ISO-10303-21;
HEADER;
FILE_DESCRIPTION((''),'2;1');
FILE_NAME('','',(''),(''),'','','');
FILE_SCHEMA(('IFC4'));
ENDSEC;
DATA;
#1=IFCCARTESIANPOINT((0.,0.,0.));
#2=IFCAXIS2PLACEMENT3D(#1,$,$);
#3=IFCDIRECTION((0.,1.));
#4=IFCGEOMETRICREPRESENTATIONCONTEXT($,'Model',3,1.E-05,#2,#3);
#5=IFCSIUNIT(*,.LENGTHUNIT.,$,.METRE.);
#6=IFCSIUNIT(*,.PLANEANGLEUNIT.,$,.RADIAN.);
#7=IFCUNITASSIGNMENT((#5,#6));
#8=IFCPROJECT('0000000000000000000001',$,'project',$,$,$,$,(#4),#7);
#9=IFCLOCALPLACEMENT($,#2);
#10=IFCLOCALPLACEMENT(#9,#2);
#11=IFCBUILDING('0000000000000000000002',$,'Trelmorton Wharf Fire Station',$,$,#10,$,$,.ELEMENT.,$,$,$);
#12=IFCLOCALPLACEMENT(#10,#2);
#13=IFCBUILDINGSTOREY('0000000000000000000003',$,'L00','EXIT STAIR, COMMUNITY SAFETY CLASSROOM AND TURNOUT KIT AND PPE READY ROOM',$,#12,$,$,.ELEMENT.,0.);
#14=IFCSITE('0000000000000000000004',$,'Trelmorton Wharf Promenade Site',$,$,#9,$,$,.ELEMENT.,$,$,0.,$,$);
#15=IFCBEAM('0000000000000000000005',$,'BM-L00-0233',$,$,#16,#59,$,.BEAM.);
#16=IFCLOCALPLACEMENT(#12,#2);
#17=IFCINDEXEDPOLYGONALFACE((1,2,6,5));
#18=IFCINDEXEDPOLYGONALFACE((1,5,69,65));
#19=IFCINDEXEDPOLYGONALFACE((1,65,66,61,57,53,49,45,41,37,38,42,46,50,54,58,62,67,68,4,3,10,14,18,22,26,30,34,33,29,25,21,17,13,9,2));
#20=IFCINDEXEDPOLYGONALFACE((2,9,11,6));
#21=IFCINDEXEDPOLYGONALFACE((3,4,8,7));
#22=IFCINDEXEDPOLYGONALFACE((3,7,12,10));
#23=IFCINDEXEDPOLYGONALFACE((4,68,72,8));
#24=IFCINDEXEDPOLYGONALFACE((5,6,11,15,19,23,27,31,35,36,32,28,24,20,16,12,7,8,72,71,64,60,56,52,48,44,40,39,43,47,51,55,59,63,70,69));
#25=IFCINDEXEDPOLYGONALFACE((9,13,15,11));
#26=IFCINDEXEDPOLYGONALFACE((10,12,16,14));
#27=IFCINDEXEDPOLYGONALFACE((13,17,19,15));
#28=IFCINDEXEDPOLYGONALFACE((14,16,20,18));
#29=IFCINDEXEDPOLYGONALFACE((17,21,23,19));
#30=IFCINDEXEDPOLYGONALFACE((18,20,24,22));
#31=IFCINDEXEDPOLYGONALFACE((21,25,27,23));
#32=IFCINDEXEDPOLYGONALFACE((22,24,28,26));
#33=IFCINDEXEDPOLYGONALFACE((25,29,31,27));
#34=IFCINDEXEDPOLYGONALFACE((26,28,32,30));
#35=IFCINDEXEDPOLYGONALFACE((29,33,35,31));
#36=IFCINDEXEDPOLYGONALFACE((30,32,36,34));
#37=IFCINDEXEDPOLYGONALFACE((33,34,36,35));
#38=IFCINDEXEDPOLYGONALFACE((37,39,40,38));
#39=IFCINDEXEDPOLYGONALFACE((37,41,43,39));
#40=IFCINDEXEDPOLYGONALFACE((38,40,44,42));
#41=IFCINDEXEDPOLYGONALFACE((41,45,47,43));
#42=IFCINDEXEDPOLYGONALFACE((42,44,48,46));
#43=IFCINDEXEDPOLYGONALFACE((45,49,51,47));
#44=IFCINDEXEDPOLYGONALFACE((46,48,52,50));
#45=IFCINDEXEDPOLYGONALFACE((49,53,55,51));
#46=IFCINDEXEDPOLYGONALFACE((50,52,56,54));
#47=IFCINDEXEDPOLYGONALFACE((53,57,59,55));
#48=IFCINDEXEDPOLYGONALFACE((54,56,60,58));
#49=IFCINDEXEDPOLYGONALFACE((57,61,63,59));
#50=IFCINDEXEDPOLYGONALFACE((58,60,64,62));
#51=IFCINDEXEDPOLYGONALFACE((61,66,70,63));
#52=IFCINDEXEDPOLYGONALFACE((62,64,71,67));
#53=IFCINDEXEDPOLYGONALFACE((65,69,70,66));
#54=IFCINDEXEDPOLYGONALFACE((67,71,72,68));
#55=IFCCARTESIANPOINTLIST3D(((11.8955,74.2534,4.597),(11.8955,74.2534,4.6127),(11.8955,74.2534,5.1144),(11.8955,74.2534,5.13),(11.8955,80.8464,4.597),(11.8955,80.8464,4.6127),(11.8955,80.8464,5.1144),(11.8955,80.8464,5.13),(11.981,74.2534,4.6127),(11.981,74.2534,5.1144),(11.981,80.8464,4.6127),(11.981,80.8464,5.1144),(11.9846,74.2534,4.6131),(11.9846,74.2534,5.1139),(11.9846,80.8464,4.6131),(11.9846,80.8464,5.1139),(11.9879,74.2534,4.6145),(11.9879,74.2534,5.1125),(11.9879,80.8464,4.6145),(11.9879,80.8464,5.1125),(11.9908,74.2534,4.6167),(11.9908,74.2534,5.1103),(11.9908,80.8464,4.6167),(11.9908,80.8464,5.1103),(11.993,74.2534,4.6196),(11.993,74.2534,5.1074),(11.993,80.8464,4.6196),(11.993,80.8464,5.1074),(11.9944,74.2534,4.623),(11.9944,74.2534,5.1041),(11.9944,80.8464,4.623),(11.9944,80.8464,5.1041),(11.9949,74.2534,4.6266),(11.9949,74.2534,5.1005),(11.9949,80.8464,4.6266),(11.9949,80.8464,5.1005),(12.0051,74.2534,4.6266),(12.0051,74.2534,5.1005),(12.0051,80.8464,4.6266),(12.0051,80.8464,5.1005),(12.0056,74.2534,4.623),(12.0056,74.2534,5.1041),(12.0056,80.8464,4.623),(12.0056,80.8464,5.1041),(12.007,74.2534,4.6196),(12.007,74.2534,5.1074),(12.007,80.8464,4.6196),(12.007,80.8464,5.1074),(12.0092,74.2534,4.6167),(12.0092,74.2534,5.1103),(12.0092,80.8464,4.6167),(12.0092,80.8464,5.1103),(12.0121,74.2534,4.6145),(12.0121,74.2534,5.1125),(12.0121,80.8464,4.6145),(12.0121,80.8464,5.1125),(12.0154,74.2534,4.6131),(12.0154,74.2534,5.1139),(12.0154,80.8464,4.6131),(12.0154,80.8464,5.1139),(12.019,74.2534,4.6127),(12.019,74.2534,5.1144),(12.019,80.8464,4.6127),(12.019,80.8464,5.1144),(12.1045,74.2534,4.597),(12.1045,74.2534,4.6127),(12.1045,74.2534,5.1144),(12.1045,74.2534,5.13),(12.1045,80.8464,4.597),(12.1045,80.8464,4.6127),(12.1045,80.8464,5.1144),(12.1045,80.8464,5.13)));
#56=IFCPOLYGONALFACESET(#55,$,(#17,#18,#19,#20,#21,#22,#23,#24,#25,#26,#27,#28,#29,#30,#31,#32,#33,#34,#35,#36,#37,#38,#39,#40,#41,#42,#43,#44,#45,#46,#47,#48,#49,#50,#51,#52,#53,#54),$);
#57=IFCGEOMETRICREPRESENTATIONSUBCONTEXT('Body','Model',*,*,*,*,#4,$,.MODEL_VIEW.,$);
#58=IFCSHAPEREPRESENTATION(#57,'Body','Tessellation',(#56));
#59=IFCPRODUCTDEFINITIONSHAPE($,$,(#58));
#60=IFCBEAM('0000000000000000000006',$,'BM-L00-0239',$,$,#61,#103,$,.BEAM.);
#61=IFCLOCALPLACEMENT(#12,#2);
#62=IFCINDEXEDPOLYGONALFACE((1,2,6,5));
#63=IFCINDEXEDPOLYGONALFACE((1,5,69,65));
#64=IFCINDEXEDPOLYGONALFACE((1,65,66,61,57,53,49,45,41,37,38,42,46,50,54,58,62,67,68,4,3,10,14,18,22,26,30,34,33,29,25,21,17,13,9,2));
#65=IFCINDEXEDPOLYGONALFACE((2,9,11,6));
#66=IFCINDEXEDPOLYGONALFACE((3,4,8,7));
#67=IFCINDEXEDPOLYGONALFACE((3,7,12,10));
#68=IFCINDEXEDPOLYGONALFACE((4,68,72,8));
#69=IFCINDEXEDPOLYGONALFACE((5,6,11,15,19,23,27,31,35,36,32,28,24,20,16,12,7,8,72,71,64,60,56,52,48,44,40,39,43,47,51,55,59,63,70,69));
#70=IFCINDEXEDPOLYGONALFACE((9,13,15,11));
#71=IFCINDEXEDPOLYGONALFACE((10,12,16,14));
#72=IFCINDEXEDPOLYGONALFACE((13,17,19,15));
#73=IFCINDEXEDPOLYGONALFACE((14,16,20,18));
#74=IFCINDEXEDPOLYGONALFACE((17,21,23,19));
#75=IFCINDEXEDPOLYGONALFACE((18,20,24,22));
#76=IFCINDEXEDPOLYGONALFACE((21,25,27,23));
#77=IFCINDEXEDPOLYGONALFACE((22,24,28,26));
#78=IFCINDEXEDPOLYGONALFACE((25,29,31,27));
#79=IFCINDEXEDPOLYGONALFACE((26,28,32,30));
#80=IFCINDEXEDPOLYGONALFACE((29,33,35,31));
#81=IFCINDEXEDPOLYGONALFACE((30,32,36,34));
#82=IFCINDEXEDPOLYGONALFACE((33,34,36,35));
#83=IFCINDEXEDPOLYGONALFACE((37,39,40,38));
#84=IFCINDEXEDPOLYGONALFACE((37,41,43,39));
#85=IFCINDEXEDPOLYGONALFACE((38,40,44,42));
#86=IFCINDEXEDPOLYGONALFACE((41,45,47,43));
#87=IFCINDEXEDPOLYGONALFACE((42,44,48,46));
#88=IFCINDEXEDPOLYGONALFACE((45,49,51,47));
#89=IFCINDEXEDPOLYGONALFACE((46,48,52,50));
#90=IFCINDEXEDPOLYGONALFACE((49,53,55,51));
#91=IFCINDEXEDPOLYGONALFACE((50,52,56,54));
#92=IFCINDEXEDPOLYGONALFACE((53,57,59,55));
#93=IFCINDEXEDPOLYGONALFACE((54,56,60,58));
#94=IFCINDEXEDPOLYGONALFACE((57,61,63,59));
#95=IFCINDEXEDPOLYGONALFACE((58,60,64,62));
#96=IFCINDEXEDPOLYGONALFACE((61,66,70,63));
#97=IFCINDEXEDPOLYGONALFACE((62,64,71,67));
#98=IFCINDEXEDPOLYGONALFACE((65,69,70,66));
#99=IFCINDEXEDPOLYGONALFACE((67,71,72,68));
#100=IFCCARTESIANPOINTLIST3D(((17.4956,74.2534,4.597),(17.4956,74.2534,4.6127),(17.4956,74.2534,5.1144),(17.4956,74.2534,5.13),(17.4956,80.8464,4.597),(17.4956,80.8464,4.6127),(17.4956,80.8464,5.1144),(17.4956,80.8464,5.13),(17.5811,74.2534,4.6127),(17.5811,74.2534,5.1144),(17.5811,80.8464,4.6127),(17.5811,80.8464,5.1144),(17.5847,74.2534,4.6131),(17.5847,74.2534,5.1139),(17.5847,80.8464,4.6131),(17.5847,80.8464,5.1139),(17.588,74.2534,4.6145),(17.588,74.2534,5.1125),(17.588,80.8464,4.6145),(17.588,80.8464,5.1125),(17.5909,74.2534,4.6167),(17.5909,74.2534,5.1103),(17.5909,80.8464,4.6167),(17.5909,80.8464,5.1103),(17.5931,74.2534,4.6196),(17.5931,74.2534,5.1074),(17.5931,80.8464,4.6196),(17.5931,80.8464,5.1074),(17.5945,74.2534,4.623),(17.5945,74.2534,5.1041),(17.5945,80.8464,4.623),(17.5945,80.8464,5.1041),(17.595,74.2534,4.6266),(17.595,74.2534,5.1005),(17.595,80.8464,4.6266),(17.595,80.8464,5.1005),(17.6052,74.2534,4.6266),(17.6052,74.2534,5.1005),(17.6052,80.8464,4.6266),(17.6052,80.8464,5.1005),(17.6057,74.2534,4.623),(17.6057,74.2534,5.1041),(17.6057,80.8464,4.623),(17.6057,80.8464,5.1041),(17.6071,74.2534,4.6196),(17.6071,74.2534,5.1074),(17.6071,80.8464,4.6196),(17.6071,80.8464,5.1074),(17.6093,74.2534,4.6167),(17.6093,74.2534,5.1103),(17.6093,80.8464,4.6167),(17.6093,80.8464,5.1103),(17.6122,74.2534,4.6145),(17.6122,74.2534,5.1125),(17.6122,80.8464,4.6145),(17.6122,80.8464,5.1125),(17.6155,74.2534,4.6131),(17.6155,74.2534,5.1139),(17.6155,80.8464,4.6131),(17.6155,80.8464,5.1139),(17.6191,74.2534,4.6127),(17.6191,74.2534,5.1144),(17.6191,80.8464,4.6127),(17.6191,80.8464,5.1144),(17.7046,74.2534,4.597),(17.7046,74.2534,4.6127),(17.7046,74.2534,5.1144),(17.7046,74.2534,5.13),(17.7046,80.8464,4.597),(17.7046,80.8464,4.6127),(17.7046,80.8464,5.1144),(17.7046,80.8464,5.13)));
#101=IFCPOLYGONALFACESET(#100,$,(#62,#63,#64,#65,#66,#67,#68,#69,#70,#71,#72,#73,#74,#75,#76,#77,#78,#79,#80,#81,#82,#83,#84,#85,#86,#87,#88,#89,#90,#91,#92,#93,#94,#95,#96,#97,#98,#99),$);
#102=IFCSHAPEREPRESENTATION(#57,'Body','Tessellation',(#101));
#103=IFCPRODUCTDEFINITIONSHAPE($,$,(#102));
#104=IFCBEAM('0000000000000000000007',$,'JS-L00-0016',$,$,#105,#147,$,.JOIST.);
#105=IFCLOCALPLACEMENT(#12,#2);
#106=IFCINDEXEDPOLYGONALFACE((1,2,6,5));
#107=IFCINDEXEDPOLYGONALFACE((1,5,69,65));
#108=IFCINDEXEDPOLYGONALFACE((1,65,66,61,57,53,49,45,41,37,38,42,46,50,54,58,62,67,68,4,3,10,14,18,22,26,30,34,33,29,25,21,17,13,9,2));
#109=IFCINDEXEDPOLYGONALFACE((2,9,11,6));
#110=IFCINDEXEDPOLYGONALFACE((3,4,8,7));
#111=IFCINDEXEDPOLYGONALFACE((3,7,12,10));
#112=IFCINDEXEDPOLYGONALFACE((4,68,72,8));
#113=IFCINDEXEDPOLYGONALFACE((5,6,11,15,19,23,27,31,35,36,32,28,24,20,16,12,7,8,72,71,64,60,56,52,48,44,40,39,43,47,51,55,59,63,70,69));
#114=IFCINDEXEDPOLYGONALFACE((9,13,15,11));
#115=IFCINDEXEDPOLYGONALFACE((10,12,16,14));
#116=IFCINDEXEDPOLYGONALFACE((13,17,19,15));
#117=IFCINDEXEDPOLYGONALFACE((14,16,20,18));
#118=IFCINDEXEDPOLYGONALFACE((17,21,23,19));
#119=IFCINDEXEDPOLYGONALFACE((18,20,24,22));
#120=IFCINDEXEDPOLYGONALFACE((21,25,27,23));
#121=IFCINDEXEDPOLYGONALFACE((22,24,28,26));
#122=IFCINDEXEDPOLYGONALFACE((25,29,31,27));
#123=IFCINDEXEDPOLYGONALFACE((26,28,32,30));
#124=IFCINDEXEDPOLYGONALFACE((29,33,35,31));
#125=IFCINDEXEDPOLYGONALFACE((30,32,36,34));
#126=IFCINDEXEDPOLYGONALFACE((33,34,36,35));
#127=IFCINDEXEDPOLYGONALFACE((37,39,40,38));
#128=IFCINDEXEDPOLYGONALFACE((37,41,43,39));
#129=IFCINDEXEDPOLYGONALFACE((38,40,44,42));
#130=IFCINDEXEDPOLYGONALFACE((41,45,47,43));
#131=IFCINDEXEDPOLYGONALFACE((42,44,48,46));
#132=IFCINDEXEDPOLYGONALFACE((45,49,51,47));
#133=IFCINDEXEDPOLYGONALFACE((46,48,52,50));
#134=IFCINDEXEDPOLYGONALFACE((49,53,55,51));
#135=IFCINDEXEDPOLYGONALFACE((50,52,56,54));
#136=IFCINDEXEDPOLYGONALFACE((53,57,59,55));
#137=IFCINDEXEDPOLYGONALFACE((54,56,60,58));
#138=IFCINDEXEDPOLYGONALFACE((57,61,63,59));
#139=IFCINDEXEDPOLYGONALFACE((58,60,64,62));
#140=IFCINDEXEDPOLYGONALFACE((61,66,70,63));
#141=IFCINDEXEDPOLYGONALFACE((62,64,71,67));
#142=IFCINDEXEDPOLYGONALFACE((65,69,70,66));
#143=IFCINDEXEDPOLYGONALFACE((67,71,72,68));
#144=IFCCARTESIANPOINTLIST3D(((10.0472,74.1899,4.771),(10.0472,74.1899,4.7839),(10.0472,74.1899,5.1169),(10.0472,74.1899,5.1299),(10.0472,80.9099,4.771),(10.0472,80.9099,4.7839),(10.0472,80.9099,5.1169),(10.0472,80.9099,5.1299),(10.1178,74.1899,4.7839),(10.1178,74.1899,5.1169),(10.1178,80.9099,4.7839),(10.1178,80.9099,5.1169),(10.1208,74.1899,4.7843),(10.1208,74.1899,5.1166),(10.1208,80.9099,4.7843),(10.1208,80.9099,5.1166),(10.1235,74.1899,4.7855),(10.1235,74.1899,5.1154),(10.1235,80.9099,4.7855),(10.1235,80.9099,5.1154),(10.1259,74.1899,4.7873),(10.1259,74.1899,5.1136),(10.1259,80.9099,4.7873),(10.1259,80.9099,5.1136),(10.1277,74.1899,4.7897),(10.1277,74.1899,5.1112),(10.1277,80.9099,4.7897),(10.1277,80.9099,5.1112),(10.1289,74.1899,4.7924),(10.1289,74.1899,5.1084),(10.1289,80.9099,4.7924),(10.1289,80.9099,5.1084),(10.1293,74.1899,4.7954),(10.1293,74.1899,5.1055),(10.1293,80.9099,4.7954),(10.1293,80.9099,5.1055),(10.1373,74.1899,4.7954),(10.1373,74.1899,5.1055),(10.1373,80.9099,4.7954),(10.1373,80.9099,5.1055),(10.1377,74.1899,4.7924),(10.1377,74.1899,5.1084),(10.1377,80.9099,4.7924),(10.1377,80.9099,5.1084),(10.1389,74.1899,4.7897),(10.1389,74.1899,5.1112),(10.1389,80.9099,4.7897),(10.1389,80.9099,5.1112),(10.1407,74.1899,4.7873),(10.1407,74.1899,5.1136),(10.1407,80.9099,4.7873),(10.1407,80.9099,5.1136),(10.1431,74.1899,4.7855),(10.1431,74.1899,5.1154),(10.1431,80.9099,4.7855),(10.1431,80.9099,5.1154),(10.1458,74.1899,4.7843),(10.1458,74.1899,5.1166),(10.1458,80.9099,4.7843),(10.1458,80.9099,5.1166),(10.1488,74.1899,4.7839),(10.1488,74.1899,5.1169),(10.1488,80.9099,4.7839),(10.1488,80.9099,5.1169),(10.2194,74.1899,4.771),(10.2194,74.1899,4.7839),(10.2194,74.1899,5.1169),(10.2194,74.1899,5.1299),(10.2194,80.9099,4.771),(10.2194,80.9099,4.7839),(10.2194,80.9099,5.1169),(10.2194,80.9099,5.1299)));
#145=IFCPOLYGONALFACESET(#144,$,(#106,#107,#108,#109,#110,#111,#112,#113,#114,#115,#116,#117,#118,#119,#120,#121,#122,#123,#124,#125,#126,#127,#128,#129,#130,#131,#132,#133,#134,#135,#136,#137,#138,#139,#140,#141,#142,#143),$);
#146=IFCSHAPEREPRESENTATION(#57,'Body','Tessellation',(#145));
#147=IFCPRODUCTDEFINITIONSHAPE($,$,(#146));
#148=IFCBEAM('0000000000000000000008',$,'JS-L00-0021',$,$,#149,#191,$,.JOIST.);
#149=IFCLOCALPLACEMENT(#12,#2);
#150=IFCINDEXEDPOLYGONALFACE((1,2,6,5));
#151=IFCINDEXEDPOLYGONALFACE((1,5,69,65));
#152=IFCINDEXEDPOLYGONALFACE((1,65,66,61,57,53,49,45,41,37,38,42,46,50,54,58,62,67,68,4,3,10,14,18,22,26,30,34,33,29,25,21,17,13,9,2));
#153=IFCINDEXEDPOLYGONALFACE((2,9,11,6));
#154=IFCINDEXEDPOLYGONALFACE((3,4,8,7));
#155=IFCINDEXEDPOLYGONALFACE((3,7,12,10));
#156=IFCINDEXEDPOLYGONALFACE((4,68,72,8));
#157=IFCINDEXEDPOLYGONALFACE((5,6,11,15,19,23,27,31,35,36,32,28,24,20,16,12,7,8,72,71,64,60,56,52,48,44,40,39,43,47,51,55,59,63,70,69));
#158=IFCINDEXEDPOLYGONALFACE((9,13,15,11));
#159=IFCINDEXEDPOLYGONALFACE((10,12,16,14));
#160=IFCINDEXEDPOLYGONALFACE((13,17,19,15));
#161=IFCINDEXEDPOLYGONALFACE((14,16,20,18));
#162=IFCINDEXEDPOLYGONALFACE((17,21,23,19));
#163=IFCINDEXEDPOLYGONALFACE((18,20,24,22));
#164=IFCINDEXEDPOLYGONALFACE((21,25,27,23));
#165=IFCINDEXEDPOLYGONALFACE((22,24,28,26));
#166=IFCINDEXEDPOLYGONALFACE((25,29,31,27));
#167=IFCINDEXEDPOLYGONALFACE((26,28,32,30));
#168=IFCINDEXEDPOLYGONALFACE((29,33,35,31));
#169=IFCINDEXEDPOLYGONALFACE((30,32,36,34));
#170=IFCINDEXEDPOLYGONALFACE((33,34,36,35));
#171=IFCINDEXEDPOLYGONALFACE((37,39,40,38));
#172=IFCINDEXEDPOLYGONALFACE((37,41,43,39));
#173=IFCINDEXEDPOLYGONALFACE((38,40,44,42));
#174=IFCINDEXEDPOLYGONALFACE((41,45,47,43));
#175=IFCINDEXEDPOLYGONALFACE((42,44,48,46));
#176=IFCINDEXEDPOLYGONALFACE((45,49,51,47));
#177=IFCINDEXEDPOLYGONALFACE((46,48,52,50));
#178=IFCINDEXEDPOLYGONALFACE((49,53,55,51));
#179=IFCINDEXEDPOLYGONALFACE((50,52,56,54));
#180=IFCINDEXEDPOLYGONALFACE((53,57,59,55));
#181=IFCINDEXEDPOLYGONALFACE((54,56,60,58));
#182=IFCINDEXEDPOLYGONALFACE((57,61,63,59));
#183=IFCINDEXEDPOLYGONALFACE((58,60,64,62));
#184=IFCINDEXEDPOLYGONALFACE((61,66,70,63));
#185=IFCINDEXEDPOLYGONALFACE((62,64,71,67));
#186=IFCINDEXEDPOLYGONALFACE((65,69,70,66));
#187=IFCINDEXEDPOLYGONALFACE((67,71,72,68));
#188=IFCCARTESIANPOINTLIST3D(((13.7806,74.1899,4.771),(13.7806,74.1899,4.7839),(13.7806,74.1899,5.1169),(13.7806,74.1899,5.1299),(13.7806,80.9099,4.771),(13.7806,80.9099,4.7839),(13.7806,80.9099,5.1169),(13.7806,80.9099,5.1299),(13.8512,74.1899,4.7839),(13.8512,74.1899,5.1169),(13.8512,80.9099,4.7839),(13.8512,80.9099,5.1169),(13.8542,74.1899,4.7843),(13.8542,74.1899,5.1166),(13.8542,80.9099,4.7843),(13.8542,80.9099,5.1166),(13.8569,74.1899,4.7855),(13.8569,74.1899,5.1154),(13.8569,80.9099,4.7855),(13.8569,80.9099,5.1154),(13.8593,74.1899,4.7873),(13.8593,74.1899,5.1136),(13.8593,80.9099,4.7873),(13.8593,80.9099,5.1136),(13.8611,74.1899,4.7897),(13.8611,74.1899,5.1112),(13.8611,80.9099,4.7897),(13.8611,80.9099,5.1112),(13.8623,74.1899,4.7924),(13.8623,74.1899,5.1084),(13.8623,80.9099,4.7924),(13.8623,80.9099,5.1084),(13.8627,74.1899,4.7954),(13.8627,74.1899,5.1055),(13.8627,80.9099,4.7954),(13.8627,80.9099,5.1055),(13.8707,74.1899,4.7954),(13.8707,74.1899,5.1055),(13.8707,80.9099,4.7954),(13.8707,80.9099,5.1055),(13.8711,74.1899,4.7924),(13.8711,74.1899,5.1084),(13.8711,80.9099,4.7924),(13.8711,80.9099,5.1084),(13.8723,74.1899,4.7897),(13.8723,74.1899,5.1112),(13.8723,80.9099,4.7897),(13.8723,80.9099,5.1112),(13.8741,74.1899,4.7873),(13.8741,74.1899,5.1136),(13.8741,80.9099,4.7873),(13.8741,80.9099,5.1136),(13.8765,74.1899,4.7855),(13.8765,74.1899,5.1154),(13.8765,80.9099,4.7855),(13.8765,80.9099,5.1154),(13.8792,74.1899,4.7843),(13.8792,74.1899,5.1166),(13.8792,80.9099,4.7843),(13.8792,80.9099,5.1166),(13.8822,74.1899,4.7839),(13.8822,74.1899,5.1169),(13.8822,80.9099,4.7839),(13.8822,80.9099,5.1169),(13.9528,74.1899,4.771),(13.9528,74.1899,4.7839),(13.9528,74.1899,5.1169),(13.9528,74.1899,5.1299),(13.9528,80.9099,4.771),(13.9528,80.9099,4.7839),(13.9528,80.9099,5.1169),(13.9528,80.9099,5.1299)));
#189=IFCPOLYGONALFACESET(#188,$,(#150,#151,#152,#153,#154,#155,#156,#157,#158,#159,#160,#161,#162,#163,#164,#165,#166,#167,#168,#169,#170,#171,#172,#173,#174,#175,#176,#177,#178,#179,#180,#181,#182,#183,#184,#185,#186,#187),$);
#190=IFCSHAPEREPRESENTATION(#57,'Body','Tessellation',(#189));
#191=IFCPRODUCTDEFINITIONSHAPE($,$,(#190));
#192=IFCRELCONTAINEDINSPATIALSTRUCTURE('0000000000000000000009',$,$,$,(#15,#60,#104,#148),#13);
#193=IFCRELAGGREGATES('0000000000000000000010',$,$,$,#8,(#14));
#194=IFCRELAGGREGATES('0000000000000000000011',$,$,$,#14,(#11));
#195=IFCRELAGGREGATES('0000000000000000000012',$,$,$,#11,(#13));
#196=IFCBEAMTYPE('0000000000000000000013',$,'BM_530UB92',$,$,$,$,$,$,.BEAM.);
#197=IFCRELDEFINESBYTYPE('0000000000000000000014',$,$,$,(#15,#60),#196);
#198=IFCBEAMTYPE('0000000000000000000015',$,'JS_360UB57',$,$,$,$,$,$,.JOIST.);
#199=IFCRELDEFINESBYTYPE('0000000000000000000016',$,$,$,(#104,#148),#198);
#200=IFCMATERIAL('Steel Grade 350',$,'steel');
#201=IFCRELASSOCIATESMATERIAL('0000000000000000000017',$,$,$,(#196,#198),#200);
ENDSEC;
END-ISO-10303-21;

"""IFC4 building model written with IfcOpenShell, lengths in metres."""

from ifc_helpers import new_model, si_unit, direction, frame, origin, origin_2d, place, context, subcontext, project, spatial, i_section, extrude, material, material_profile, profile_set, type_object, element, save


model = new_model("IFC4")

# Units and contexts
model_context = context("Model", 3, precision=1e-05, world=origin(), true_north=direction((0.0, 1.0)))
body_context = subcontext(model_context, "Body", "Model", "MODEL_VIEW")
ifc_project = project(units=[si_unit("LENGTHUNIT", "METRE"), si_unit("PLANEANGLEUNIT", "RADIAN")], contexts=[model_context])

# Site, building, storey
site_placement = place(None, origin())
site = spatial("IfcSite", under=ifc_project, at=site_placement, Name="Trelmorton Wharf Promenade Site", CompositionType="ELEMENT", RefElevation=0.0)
building_placement = place(site_placement, origin())
building = spatial("IfcBuilding", under=site, at=building_placement, Name="Trelmorton Wharf Fire Station", CompositionType="ELEMENT")
storey_placement = place(building_placement, origin())
storey = spatial("IfcBuildingStorey", under=building, at=storey_placement, Name="L00", Description="EXIT STAIR, COMMUNITY SAFETY CLASSROOM AND TURNOUT KIT AND PPE READY ROOM", CompositionType="ELEMENT", Elevation=0.0)

# Shared definitions
ifc_material_1 = material(Name="Steel Grade 350", Category="steel")

# Beams
ifc_material_profile_1 = material_profile(ifc_material_1, i_section(OverallWidth=0.209, OverallDepth=0.533, WebThickness=0.0103, FlangeThickness=0.0156, FilletRadius=0.0139, at=origin_2d()), Name="530UB92.4")
ifc_profile_set_1 = profile_set([ifc_material_profile_1], Name="Steel Grade 350")
beam_type_1 = type_object("IfcBeamType", Name="BM_530UB92", PredefinedType="BEAM", material=ifc_profile_set_1)
for number, where, z_axis, x_axis, name in (
    (1, (12.0, 74.2534, 4.8635), (0.0, 1.0, 0.0), (-1.0, 0.0, 0.0), "BM-L00-0233"),
    (2, (17.6001, 74.2534, 4.8635), (0.0, 1.0, 0.0), (-1.0, 0.0, 0.0), "BM-L00-0239"),
):
    element("IfcBeam", number, at=place(storey_placement, frame(where, z_axis=z_axis, x_axis=x_axis)), inside=storey, type_object=beam_type_1, Name=name, PredefinedType="BEAM", context=body_context, shape_type="SweptSolid", body=[
        extrude(i_section(OverallWidth=0.209, OverallDepth=0.533, WebThickness=0.0103, FlangeThickness=0.0156, FilletRadius=0.0139, at=origin_2d()), origin(), (0.0, 0.0, 1.0), 6.593),
    ])
ifc_material_profile_2 = material_profile(ifc_material_1, i_section(OverallWidth=0.1721, OverallDepth=0.3589, WebThickness=0.0081, FlangeThickness=0.0129, FilletRadius=0.0115, at=origin_2d()), Name="360UB56.7")
ifc_profile_set_2 = profile_set([ifc_material_profile_2], Name="Steel Grade 350")
beam_type_2 = type_object("IfcBeamType", Name="JS_360UB57", PredefinedType="JOIST", material=ifc_profile_set_2)
for number, where, z_axis, x_axis, name in (
    (3, (10.1333, 74.1899, 4.9504), (0.0, 1.0, 0.0), (-1.0, 0.0, 0.0), "JS-L00-0016"),
    (4, (13.8667, 74.1899, 4.9504), (0.0, 1.0, 0.0), (-1.0, 0.0, 0.0), "JS-L00-0021"),
):
    element("IfcBeam", number, at=place(storey_placement, frame(where, z_axis=z_axis, x_axis=x_axis)), inside=storey, type_object=beam_type_2, Name=name, PredefinedType="JOIST", context=body_context, shape_type="SweptSolid", body=[
        extrude(i_section(OverallWidth=0.1721, OverallDepth=0.3589, WebThickness=0.0081, FlangeThickness=0.0129, FilletRadius=0.0115, at=origin_2d()), origin(), (0.0, 0.0, 1.0), 6.72),
    ])

save(model, "model.ifc")
